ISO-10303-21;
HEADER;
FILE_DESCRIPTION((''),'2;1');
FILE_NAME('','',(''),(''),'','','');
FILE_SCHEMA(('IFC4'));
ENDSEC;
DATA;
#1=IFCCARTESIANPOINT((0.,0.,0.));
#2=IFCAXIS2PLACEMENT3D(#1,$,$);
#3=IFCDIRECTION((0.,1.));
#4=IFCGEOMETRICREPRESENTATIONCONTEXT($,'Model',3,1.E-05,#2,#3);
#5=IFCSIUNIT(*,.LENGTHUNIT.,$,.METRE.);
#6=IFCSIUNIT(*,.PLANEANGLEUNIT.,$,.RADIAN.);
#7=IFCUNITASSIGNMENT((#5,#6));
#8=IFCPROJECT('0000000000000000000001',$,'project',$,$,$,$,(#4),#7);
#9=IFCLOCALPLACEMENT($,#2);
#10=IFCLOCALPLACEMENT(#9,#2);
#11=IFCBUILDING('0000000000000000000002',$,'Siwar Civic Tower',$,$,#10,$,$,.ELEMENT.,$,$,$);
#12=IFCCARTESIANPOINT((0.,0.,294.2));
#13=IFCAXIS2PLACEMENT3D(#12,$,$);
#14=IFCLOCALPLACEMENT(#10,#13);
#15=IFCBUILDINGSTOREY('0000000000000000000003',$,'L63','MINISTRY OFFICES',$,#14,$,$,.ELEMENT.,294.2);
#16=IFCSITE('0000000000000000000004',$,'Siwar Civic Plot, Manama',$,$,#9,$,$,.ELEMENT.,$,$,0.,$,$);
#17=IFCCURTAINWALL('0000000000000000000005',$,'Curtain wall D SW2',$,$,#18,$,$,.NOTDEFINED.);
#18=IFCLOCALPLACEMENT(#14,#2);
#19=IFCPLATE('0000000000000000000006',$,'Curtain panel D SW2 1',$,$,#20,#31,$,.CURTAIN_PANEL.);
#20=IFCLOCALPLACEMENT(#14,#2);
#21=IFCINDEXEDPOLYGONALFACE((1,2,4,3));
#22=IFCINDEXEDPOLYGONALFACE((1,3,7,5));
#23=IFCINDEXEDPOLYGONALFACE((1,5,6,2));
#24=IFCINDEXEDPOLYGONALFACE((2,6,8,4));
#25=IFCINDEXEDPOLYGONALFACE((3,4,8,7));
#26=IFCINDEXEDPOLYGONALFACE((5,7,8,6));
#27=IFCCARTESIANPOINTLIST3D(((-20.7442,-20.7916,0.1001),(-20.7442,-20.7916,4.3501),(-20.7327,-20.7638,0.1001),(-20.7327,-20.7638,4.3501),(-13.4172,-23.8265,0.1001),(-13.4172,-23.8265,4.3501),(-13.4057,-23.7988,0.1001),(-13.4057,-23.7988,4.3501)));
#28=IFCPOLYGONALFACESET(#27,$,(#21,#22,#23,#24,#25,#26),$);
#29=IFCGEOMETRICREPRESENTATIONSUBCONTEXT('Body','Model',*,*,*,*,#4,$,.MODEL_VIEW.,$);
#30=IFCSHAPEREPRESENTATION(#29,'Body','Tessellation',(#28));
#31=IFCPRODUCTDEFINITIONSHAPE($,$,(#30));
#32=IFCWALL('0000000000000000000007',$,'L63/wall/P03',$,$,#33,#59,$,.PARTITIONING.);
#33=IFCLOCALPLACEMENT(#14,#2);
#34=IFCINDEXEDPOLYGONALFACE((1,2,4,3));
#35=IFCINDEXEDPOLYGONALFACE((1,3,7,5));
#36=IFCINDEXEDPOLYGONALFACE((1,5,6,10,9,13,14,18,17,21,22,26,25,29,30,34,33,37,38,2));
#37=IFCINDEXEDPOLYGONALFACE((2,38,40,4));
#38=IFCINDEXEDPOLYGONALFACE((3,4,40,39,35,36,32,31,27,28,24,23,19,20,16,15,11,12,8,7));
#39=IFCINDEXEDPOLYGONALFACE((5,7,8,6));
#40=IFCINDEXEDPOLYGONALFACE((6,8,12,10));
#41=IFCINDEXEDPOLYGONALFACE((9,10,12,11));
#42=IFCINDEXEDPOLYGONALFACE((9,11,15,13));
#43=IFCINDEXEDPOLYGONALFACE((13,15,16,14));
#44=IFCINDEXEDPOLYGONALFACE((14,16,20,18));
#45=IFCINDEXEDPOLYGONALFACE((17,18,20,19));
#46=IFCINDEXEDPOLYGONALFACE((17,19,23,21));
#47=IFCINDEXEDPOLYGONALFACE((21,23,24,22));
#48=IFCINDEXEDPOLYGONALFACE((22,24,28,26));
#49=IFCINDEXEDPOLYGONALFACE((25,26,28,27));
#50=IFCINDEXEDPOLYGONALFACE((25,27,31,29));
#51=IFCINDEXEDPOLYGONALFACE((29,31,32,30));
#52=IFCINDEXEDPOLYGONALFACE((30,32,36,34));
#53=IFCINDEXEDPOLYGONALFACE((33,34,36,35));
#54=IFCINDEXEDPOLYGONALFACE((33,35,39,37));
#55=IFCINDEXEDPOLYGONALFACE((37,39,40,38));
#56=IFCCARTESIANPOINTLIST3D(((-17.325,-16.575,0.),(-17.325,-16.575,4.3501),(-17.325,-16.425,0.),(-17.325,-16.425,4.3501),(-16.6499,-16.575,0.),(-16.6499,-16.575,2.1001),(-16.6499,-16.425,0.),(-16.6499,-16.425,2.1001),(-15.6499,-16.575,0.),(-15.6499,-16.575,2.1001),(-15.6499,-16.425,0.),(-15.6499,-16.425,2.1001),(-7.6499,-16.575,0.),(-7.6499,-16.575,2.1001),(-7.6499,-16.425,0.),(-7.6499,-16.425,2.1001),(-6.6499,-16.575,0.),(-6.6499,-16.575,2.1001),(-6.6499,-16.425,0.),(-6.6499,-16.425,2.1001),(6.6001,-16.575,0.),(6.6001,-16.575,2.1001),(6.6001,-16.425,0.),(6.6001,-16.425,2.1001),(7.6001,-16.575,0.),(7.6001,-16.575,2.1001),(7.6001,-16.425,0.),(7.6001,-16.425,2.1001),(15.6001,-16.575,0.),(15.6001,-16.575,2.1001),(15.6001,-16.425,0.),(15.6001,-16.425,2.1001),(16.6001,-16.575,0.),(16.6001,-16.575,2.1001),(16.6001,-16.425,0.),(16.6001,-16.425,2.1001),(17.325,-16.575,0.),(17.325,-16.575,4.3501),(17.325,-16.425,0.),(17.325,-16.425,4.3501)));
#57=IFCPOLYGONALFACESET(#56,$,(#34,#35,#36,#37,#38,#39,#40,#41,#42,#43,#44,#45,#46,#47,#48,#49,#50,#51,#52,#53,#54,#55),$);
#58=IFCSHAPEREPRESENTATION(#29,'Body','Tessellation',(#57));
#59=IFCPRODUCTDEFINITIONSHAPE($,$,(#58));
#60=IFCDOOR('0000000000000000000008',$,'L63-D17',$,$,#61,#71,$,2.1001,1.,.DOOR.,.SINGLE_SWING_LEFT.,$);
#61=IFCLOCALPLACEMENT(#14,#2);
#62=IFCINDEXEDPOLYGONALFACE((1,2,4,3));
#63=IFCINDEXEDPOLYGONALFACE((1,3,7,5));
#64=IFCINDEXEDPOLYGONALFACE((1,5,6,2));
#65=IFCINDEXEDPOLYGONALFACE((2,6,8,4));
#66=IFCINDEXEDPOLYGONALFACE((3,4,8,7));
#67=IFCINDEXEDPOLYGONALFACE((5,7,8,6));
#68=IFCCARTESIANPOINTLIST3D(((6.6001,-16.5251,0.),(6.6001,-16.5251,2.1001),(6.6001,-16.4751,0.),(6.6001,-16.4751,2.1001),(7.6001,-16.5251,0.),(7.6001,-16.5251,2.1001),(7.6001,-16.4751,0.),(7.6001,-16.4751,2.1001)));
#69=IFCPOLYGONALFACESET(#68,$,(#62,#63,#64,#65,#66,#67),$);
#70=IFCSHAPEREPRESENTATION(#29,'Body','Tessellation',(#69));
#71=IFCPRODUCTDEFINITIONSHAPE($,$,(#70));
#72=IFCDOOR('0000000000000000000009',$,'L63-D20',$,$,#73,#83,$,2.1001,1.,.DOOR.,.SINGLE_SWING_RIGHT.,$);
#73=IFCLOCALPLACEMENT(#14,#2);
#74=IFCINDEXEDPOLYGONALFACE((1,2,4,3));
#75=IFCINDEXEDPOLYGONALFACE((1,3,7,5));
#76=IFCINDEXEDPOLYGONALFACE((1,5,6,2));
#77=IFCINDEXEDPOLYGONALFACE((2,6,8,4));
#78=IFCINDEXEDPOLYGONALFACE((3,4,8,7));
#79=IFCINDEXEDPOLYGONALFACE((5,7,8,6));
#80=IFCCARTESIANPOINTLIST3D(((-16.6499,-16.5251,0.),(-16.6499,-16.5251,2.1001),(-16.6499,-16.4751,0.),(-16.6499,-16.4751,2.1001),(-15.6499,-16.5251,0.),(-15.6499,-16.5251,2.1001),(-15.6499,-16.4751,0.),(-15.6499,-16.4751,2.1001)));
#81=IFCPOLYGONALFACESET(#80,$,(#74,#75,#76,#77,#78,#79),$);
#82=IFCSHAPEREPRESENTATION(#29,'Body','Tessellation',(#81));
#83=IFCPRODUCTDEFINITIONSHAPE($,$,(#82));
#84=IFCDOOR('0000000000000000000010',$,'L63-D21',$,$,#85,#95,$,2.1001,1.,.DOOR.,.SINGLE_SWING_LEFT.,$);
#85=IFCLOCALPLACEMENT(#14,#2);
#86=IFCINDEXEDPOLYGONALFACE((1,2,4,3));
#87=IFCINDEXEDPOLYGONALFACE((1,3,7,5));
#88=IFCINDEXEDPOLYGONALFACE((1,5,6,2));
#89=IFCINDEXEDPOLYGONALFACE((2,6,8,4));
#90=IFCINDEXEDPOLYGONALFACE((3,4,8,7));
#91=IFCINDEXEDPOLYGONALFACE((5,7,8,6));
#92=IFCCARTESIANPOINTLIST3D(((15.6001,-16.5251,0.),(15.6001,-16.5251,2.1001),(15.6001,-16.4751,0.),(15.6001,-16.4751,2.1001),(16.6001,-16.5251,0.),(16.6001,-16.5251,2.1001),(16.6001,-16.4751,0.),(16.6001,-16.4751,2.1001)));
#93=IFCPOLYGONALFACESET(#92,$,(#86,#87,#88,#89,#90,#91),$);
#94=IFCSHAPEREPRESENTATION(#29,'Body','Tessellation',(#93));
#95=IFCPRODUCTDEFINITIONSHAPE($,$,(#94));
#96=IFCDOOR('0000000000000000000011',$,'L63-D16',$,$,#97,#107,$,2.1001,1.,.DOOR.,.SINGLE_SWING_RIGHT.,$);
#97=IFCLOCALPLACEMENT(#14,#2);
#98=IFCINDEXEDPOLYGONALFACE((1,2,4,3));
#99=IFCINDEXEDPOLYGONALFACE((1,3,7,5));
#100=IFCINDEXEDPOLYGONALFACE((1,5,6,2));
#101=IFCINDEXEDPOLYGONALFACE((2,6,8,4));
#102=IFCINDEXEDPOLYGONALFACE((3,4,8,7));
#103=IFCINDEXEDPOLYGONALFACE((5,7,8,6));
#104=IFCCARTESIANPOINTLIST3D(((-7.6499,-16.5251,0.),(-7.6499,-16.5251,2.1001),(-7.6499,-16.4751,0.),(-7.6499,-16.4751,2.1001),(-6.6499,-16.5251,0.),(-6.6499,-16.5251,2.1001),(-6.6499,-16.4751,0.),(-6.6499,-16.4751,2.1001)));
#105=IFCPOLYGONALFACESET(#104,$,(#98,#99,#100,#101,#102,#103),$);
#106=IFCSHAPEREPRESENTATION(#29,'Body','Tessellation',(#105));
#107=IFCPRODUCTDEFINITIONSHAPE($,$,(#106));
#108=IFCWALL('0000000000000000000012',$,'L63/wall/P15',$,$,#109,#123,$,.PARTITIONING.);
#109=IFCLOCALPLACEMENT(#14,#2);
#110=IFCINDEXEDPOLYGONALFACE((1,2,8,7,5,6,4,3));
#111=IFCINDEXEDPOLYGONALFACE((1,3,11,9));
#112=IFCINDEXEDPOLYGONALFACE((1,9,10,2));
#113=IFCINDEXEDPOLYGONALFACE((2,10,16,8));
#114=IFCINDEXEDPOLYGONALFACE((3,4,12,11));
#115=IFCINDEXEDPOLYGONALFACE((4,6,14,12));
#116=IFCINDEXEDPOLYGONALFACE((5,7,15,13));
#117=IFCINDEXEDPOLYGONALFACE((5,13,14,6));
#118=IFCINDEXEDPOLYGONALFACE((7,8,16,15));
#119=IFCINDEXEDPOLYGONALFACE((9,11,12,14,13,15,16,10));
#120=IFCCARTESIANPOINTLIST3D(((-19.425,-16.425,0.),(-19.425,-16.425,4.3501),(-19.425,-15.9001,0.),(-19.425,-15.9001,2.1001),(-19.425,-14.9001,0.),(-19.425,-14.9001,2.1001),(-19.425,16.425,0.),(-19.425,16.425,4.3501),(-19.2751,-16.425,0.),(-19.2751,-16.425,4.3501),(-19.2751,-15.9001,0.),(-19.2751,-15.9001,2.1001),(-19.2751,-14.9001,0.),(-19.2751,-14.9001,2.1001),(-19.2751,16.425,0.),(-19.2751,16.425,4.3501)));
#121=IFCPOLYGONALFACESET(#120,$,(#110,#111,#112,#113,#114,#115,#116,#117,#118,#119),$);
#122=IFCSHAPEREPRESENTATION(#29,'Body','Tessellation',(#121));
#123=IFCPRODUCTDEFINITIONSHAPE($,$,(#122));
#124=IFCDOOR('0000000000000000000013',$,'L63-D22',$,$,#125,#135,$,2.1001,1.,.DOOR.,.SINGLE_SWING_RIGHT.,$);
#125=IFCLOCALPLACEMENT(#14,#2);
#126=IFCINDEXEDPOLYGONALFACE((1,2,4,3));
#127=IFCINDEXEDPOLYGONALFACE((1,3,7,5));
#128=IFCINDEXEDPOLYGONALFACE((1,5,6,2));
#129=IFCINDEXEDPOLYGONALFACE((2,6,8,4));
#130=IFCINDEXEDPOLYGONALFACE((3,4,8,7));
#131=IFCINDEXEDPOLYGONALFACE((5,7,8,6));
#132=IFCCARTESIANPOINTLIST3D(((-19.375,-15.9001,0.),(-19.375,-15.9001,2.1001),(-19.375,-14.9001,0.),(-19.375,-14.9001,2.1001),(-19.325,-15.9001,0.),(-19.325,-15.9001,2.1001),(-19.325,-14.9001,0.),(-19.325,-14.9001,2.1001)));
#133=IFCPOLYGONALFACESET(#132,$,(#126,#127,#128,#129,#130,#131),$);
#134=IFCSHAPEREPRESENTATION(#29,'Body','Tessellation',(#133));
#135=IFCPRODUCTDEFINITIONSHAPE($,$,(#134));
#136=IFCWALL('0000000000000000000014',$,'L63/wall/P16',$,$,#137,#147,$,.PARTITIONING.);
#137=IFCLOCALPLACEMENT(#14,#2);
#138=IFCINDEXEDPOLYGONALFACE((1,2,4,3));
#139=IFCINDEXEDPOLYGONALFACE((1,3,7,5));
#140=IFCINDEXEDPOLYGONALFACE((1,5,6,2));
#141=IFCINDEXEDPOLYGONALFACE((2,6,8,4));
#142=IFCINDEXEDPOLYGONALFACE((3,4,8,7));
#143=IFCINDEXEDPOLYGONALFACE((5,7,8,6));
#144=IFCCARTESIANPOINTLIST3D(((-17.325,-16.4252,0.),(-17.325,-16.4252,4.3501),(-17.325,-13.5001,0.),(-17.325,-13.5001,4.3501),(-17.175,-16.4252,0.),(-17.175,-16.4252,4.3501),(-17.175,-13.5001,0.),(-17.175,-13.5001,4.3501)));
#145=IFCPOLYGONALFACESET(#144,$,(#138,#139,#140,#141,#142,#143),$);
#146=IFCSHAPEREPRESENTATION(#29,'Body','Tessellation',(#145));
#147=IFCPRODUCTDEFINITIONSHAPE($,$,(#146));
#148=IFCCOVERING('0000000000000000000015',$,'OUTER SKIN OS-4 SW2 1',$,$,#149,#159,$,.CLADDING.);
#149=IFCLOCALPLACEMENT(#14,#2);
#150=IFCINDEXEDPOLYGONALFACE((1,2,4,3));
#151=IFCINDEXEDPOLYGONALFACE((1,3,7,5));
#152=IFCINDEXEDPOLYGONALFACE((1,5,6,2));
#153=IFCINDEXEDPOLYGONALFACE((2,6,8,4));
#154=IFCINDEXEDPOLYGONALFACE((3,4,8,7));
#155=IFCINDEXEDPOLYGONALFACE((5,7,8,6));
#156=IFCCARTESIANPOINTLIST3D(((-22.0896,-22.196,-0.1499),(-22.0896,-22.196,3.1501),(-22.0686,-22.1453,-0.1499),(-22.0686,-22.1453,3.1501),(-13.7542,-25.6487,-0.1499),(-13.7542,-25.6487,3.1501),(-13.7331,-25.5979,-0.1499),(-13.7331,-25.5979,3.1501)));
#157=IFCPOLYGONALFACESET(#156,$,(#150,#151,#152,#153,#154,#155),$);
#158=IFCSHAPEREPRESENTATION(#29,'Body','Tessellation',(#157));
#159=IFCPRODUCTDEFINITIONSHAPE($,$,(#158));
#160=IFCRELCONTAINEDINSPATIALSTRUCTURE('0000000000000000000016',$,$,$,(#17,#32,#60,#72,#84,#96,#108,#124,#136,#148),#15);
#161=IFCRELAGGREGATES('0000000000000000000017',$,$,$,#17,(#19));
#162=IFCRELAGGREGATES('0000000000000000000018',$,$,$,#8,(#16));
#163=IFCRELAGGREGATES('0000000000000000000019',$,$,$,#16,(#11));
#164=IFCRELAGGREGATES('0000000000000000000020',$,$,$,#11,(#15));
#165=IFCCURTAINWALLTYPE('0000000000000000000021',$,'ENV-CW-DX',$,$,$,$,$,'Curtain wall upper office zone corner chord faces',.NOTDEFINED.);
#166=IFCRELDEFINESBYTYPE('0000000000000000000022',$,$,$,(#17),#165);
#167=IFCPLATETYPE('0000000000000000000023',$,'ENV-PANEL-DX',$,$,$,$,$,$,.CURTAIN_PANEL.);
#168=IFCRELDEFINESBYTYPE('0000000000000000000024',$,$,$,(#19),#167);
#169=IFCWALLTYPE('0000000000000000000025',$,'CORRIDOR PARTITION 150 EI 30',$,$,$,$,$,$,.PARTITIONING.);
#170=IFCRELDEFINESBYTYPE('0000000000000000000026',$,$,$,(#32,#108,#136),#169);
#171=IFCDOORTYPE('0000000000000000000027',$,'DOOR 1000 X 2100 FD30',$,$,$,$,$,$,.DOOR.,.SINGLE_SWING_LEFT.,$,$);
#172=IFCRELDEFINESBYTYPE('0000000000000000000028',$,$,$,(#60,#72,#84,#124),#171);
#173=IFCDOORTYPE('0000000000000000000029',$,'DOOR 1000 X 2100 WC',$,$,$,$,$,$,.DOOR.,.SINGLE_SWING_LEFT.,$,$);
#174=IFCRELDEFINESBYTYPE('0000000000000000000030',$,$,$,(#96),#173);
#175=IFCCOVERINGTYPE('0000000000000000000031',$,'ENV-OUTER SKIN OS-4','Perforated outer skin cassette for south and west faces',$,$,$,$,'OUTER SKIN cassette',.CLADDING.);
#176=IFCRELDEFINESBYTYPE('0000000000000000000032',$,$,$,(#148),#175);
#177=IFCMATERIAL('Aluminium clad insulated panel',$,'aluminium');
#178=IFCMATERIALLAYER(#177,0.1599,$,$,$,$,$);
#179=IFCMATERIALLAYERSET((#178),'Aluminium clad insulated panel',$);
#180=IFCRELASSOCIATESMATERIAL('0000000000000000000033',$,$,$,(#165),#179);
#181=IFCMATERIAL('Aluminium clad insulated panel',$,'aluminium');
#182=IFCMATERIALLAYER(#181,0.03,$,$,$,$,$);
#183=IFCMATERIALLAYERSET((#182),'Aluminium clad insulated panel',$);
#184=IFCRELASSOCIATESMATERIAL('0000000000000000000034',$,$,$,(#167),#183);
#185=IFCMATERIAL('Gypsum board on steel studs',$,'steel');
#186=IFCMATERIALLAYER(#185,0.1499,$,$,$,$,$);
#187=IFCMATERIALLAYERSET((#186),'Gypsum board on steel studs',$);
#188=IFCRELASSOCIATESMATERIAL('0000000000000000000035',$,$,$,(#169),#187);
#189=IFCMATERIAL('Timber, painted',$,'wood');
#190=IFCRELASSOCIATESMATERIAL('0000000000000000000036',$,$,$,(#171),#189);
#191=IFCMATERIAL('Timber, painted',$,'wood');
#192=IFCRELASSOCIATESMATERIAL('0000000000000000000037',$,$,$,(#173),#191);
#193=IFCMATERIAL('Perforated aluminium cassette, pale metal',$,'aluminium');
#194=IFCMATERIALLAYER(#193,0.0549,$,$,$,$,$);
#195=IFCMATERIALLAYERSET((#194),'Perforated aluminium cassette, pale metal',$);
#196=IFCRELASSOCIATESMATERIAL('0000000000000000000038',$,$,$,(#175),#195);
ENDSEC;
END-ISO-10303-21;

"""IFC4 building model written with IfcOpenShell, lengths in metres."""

from ifc_helpers import new_model, si_unit, direction, frame, frame_2d, origin, origin_2d, place, context, subcontext, project, spatial, rectangle, extrude, material, layer, layer_set, type_object, element, fill, aggregate, save


model = new_model("IFC4")

# Units and contexts
model_context = context("Model", 3, precision=1e-05, world=origin(), true_north=direction((0.0, 1.0)))
body_context = subcontext(model_context, "Body", "Model", "MODEL_VIEW")
ifc_project = project(units=[si_unit("LENGTHUNIT", "METRE"), si_unit("PLANEANGLEUNIT", "RADIAN")], contexts=[model_context])

# Site, building, storey
site_placement = place(None, origin())
site = spatial("IfcSite", under=ifc_project, at=site_placement, Name="Siwar Civic Plot, Manama", CompositionType="ELEMENT", RefElevation=0.0)
building_placement = place(site_placement, origin())
building = spatial("IfcBuilding", under=site, at=building_placement, Name="Siwar Civic Tower", CompositionType="ELEMENT")
storey_placement = place(building_placement, frame((0.0, 0.0, 294.2)))
storey = spatial("IfcBuildingStorey", under=building, at=storey_placement, Name="L63", Description="MINISTRY OFFICES", CompositionType="ELEMENT", Elevation=294.2)

# Curtain wall
ifc_material_1 = material(Name="Aluminium clad insulated panel", Category="aluminium")
ifc_layer_1 = layer(ifc_material_1, 0.1599)
ifc_layer_set_1 = layer_set([ifc_layer_1], Name="Aluminium clad insulated panel")
curtain_wall_type = type_object("IfcCurtainWallType", Name="ENV-CW-DX", ElementType="Curtain wall upper office zone corner chord faces", PredefinedType="NOTDEFINED", material=ifc_layer_set_1)
curtain_wall_placement = place(storey_placement, origin())
curtain_wall = element("IfcCurtainWall", 1, at=curtain_wall_placement, inside=storey, type_object=curtain_wall_type, Name="Curtain wall D SW2", PredefinedType="NOTDEFINED")

# Plate
ifc_material_2 = material(Name="Aluminium clad insulated panel", Category="aluminium")
ifc_layer_2 = layer(ifc_material_2, 0.03)
ifc_layer_set_2 = layer_set([ifc_layer_2], Name="Aluminium clad insulated panel")
plate_type = type_object("IfcPlateType", Name="ENV-PANEL-DX", PredefinedType="CURTAIN_PANEL", material=ifc_layer_set_2)
plate_placement = place(storey_placement, frame((-17.075, -22.2952, 0.1001), z_axis=(0.0, 0.0, 1.0), x_axis=(0.92388, -0.382683, 0.0)))
plate = element("IfcPlate", 2, at=plate_placement, type_object=plate_type, Name="Curtain panel D SW2 1", PredefinedType="CURTAIN_PANEL", context=body_context, shape_type="SweptSolid", body=[
    extrude(rectangle(XDim=7.9307, YDim=0.03, at=origin_2d()), origin(), (0.0, 0.0, 1.0), 4.25),
])
aggregate(curtain_wall, [plate])

# Wall, openings, doors
ifc_material_3 = material(Name="Gypsum board on steel studs", Category="steel")
ifc_layer_3 = layer(ifc_material_3, 0.1499)
ifc_layer_set_3 = layer_set([ifc_layer_3], Name="Gypsum board on steel studs")
wall_type = type_object("IfcWallType", Name="CORRIDOR PARTITION 150 EI 30", PredefinedType="PARTITIONING", material=ifc_layer_set_3)
wall_1_placement = place(storey_placement, frame((-17.325, -16.5, 0.0), z_axis=(0.0, 0.0, 1.0), x_axis=(1.0, 0.0, 0.0)))
wall_1 = element("IfcWall", 3, at=wall_1_placement, inside=storey, type_object=wall_type, Name="L63/wall/P03", PredefinedType="PARTITIONING", context=body_context, shape_type="SweptSolid", body=[
    extrude(rectangle(XDim=34.6499, YDim=0.1499, at=frame_2d((17.325, 0.0))), origin(), (0.0, 0.0, 1.0), 4.3501),
])
opening_1_placement = place(wall_1_placement, frame((9.675, 0.0, 0.0)))
opening_1 = element("IfcOpeningElement", 4, at=opening_1_placement, cuts=wall_1, PredefinedType="OPENING", context=body_context, shape_type="SweptSolid", body=[
    extrude(rectangle(XDim=1.0, YDim=2.1001, at=frame_2d((0.5, 1.05))), frame((0.0, 0.085, 0.0), z_axis=(0.0, -1.0, 0.0), x_axis=(1.0, 0.0, 0.0)), (0.0, 0.0, 1.0), 0.1699),
])
opening_2_placement = place(wall_1_placement, frame((23.925, 0.0, 0.0)))
opening_2 = element("IfcOpeningElement", 5, at=opening_2_placement, cuts=wall_1, PredefinedType="OPENING", context=body_context, shape_type="SweptSolid", body=[
    extrude(rectangle(XDim=1.0, YDim=2.1001, at=frame_2d((0.5, 1.05))), frame((0.0, 0.085, 0.0), z_axis=(0.0, -1.0, 0.0), x_axis=(1.0, 0.0, 0.0)), (0.0, 0.0, 1.0), 0.1699),
])
opening_3_placement = place(wall_1_placement, frame((0.675, 0.0, 0.0)))
opening_3 = element("IfcOpeningElement", 6, at=opening_3_placement, cuts=wall_1, PredefinedType="OPENING", context=body_context, shape_type="SweptSolid", body=[
    extrude(rectangle(XDim=1.0, YDim=2.1001, at=frame_2d((0.5, 1.05))), frame((0.0, 0.085, 0.0), z_axis=(0.0, -1.0, 0.0), x_axis=(1.0, 0.0, 0.0)), (0.0, 0.0, 1.0), 0.1699),
])
opening_4_placement = place(wall_1_placement, frame((32.925, 0.0, 0.0)))
opening_4 = element("IfcOpeningElement", 7, at=opening_4_placement, cuts=wall_1, PredefinedType="OPENING", context=body_context, shape_type="SweptSolid", body=[
    extrude(rectangle(XDim=1.0, YDim=2.1001, at=frame_2d((0.5, 1.05))), frame((0.0, 0.085, 0.0), z_axis=(0.0, -1.0, 0.0), x_axis=(1.0, 0.0, 0.0)), (0.0, 0.0, 1.0), 0.1699),
])
ifc_material_4 = material(Name="Timber, painted", Category="wood")
door_type_1 = type_object("IfcDoorType", Name="DOOR 1000 X 2100 FD30", OperationType="SINGLE_SWING_LEFT", PredefinedType="DOOR", material=ifc_material_4)
door_1_placement = place(opening_2_placement, origin())
door_1 = element("IfcDoor", 8, at=door_1_placement, inside=storey, type_object=door_type_1, Name="L63-D17", OperationType="SINGLE_SWING_LEFT", OverallHeight=2.1001, OverallWidth=1.0, PredefinedType="DOOR", context=body_context, shape_type="SweptSolid", body=[
    extrude(rectangle(XDim=1.0, YDim=2.1001, at=frame_2d((0.5, 1.05))), frame((0.0, 0.0249, 0.0), z_axis=(0.0, -1.0, 0.0), x_axis=(1.0, 0.0, 0.0)), (0.0, 0.0, 1.0), 0.05),
])
fill(opening_2, door_1)
door_2_placement = place(opening_3_placement, origin())
door_2 = element("IfcDoor", 9, at=door_2_placement, inside=storey, type_object=door_type_1, Name="L63-D20", OperationType="SINGLE_SWING_RIGHT", OverallHeight=2.1001, OverallWidth=1.0, PredefinedType="DOOR", context=body_context, shape_type="SweptSolid", body=[
    extrude(rectangle(XDim=1.0, YDim=2.1001, at=frame_2d((0.5, 1.05))), frame((0.0, 0.0249, 0.0), z_axis=(0.0, -1.0, 0.0), x_axis=(1.0, 0.0, 0.0)), (0.0, 0.0, 1.0), 0.05),
])
fill(opening_3, door_2)
door_3_placement = place(opening_4_placement, origin())
door_3 = element("IfcDoor", 10, at=door_3_placement, inside=storey, type_object=door_type_1, Name="L63-D21", OperationType="SINGLE_SWING_LEFT", OverallHeight=2.1001, OverallWidth=1.0, PredefinedType="DOOR", context=body_context, shape_type="SweptSolid", body=[
    extrude(rectangle(XDim=1.0, YDim=2.1001, at=frame_2d((0.5, 1.05))), frame((0.0, 0.0249, 0.0), z_axis=(0.0, -1.0, 0.0), x_axis=(1.0, 0.0, 0.0)), (0.0, 0.0, 1.0), 0.05),
])
fill(opening_4, door_3)
ifc_material_5 = material(Name="Timber, painted", Category="wood")
door_type_2 = type_object("IfcDoorType", Name="DOOR 1000 X 2100 WC", OperationType="SINGLE_SWING_LEFT", PredefinedType="DOOR", material=ifc_material_5)
door_4_placement = place(opening_1_placement, origin())
door_4 = element("IfcDoor", 11, at=door_4_placement, inside=storey, type_object=door_type_2, Name="L63-D16", OperationType="SINGLE_SWING_RIGHT", OverallHeight=2.1001, OverallWidth=1.0, PredefinedType="DOOR", context=body_context, shape_type="SweptSolid", body=[
    extrude(rectangle(XDim=1.0, YDim=2.1001, at=frame_2d((0.5, 1.05))), frame((0.0, 0.0249, 0.0), z_axis=(0.0, -1.0, 0.0), x_axis=(1.0, 0.0, 0.0)), (0.0, 0.0, 1.0), 0.05),
])
fill(opening_1, door_4)

# Wall, opening, door
wall_2_placement = place(storey_placement, frame((-19.3501, -16.425, 0.0), z_axis=(0.0, 0.0, 1.0), x_axis=(0.0, 1.0, 0.0)))
wall_2 = element("IfcWall", 12, at=wall_2_placement, inside=storey, type_object=wall_type, Name="L63/wall/P15", PredefinedType="PARTITIONING", context=body_context, shape_type="SweptSolid", body=[
    extrude(rectangle(XDim=32.8501, YDim=0.1499, at=frame_2d((16.425, 0.0))), origin(), (0.0, 0.0, 1.0), 4.3501),
])
opening_5_placement = place(wall_2_placement, frame((0.5249, 0.0, 0.0)))
opening_5 = element("IfcOpeningElement", 13, at=opening_5_placement, cuts=wall_2, PredefinedType="OPENING", context=body_context, shape_type="SweptSolid", body=[
    extrude(rectangle(XDim=1.0, YDim=2.1001, at=frame_2d((0.5, 1.05))), frame((0.0, 0.085, 0.0), z_axis=(0.0, -1.0, 0.0), x_axis=(1.0, 0.0, 0.0)), (0.0, 0.0, 1.0), 0.1699),
])
door_5_placement = place(opening_5_placement, origin())
door_5 = element("IfcDoor", 14, at=door_5_placement, inside=storey, type_object=door_type_1, Name="L63-D22", OperationType="SINGLE_SWING_RIGHT", OverallHeight=2.1001, OverallWidth=1.0, PredefinedType="DOOR", context=body_context, shape_type="SweptSolid", body=[
    extrude(rectangle(XDim=1.0, YDim=2.1001, at=frame_2d((0.5, 1.05))), frame((0.0, 0.0249, 0.0), z_axis=(0.0, -1.0, 0.0), x_axis=(1.0, 0.0, 0.0)), (0.0, 0.0, 1.0), 0.05),
])
fill(opening_5, door_5)

# Wall
wall_3_placement = place(storey_placement, frame((-17.25, -16.425, 0.0), z_axis=(0.0, 0.0, 1.0), x_axis=(0.0, 1.0, 0.0)))
element("IfcWall", 15, at=wall_3_placement, inside=storey, type_object=wall_type, Name="L63/wall/P16", PredefinedType="PARTITIONING", context=body_context, shape_type="SweptSolid", body=[
    extrude(rectangle(XDim=2.925, YDim=0.1499, at=frame_2d((1.4624, 0.0))), origin(), (0.0, 0.0, 1.0), 4.3501),
])

# Covering
ifc_material_6 = material(Name="Perforated aluminium cassette, pale metal", Category="aluminium")
ifc_layer_4 = layer(ifc_material_6, 0.0549)
ifc_layer_set_4 = layer_set([ifc_layer_4], Name="Perforated aluminium cassette, pale metal")
covering_type = type_object("IfcCoveringType", Name="ENV-OUTER SKIN OS-4", Description="Perforated outer skin cassette for south and west faces", ElementType="OUTER SKIN cassette", PredefinedType="CLADDING", material=ifc_layer_set_4)
covering_placement = place(storey_placement, frame((-17.9114, -23.897, -0.1499), z_axis=(0.0, 0.0, 1.0), x_axis=(0.92388, -0.382683, 0.0)))
element("IfcCovering", 16, at=covering_placement, inside=storey, type_object=covering_type, Name="OUTER SKIN OS-4 SW2 1", PredefinedType="CLADDING", context=body_context, shape_type="SweptSolid", body=[
    extrude(rectangle(XDim=9.0222, YDim=0.0549, at=origin_2d()), origin(), (0.0, 0.0, 1.0), 3.3),
])

save(model, "model.ifc")
